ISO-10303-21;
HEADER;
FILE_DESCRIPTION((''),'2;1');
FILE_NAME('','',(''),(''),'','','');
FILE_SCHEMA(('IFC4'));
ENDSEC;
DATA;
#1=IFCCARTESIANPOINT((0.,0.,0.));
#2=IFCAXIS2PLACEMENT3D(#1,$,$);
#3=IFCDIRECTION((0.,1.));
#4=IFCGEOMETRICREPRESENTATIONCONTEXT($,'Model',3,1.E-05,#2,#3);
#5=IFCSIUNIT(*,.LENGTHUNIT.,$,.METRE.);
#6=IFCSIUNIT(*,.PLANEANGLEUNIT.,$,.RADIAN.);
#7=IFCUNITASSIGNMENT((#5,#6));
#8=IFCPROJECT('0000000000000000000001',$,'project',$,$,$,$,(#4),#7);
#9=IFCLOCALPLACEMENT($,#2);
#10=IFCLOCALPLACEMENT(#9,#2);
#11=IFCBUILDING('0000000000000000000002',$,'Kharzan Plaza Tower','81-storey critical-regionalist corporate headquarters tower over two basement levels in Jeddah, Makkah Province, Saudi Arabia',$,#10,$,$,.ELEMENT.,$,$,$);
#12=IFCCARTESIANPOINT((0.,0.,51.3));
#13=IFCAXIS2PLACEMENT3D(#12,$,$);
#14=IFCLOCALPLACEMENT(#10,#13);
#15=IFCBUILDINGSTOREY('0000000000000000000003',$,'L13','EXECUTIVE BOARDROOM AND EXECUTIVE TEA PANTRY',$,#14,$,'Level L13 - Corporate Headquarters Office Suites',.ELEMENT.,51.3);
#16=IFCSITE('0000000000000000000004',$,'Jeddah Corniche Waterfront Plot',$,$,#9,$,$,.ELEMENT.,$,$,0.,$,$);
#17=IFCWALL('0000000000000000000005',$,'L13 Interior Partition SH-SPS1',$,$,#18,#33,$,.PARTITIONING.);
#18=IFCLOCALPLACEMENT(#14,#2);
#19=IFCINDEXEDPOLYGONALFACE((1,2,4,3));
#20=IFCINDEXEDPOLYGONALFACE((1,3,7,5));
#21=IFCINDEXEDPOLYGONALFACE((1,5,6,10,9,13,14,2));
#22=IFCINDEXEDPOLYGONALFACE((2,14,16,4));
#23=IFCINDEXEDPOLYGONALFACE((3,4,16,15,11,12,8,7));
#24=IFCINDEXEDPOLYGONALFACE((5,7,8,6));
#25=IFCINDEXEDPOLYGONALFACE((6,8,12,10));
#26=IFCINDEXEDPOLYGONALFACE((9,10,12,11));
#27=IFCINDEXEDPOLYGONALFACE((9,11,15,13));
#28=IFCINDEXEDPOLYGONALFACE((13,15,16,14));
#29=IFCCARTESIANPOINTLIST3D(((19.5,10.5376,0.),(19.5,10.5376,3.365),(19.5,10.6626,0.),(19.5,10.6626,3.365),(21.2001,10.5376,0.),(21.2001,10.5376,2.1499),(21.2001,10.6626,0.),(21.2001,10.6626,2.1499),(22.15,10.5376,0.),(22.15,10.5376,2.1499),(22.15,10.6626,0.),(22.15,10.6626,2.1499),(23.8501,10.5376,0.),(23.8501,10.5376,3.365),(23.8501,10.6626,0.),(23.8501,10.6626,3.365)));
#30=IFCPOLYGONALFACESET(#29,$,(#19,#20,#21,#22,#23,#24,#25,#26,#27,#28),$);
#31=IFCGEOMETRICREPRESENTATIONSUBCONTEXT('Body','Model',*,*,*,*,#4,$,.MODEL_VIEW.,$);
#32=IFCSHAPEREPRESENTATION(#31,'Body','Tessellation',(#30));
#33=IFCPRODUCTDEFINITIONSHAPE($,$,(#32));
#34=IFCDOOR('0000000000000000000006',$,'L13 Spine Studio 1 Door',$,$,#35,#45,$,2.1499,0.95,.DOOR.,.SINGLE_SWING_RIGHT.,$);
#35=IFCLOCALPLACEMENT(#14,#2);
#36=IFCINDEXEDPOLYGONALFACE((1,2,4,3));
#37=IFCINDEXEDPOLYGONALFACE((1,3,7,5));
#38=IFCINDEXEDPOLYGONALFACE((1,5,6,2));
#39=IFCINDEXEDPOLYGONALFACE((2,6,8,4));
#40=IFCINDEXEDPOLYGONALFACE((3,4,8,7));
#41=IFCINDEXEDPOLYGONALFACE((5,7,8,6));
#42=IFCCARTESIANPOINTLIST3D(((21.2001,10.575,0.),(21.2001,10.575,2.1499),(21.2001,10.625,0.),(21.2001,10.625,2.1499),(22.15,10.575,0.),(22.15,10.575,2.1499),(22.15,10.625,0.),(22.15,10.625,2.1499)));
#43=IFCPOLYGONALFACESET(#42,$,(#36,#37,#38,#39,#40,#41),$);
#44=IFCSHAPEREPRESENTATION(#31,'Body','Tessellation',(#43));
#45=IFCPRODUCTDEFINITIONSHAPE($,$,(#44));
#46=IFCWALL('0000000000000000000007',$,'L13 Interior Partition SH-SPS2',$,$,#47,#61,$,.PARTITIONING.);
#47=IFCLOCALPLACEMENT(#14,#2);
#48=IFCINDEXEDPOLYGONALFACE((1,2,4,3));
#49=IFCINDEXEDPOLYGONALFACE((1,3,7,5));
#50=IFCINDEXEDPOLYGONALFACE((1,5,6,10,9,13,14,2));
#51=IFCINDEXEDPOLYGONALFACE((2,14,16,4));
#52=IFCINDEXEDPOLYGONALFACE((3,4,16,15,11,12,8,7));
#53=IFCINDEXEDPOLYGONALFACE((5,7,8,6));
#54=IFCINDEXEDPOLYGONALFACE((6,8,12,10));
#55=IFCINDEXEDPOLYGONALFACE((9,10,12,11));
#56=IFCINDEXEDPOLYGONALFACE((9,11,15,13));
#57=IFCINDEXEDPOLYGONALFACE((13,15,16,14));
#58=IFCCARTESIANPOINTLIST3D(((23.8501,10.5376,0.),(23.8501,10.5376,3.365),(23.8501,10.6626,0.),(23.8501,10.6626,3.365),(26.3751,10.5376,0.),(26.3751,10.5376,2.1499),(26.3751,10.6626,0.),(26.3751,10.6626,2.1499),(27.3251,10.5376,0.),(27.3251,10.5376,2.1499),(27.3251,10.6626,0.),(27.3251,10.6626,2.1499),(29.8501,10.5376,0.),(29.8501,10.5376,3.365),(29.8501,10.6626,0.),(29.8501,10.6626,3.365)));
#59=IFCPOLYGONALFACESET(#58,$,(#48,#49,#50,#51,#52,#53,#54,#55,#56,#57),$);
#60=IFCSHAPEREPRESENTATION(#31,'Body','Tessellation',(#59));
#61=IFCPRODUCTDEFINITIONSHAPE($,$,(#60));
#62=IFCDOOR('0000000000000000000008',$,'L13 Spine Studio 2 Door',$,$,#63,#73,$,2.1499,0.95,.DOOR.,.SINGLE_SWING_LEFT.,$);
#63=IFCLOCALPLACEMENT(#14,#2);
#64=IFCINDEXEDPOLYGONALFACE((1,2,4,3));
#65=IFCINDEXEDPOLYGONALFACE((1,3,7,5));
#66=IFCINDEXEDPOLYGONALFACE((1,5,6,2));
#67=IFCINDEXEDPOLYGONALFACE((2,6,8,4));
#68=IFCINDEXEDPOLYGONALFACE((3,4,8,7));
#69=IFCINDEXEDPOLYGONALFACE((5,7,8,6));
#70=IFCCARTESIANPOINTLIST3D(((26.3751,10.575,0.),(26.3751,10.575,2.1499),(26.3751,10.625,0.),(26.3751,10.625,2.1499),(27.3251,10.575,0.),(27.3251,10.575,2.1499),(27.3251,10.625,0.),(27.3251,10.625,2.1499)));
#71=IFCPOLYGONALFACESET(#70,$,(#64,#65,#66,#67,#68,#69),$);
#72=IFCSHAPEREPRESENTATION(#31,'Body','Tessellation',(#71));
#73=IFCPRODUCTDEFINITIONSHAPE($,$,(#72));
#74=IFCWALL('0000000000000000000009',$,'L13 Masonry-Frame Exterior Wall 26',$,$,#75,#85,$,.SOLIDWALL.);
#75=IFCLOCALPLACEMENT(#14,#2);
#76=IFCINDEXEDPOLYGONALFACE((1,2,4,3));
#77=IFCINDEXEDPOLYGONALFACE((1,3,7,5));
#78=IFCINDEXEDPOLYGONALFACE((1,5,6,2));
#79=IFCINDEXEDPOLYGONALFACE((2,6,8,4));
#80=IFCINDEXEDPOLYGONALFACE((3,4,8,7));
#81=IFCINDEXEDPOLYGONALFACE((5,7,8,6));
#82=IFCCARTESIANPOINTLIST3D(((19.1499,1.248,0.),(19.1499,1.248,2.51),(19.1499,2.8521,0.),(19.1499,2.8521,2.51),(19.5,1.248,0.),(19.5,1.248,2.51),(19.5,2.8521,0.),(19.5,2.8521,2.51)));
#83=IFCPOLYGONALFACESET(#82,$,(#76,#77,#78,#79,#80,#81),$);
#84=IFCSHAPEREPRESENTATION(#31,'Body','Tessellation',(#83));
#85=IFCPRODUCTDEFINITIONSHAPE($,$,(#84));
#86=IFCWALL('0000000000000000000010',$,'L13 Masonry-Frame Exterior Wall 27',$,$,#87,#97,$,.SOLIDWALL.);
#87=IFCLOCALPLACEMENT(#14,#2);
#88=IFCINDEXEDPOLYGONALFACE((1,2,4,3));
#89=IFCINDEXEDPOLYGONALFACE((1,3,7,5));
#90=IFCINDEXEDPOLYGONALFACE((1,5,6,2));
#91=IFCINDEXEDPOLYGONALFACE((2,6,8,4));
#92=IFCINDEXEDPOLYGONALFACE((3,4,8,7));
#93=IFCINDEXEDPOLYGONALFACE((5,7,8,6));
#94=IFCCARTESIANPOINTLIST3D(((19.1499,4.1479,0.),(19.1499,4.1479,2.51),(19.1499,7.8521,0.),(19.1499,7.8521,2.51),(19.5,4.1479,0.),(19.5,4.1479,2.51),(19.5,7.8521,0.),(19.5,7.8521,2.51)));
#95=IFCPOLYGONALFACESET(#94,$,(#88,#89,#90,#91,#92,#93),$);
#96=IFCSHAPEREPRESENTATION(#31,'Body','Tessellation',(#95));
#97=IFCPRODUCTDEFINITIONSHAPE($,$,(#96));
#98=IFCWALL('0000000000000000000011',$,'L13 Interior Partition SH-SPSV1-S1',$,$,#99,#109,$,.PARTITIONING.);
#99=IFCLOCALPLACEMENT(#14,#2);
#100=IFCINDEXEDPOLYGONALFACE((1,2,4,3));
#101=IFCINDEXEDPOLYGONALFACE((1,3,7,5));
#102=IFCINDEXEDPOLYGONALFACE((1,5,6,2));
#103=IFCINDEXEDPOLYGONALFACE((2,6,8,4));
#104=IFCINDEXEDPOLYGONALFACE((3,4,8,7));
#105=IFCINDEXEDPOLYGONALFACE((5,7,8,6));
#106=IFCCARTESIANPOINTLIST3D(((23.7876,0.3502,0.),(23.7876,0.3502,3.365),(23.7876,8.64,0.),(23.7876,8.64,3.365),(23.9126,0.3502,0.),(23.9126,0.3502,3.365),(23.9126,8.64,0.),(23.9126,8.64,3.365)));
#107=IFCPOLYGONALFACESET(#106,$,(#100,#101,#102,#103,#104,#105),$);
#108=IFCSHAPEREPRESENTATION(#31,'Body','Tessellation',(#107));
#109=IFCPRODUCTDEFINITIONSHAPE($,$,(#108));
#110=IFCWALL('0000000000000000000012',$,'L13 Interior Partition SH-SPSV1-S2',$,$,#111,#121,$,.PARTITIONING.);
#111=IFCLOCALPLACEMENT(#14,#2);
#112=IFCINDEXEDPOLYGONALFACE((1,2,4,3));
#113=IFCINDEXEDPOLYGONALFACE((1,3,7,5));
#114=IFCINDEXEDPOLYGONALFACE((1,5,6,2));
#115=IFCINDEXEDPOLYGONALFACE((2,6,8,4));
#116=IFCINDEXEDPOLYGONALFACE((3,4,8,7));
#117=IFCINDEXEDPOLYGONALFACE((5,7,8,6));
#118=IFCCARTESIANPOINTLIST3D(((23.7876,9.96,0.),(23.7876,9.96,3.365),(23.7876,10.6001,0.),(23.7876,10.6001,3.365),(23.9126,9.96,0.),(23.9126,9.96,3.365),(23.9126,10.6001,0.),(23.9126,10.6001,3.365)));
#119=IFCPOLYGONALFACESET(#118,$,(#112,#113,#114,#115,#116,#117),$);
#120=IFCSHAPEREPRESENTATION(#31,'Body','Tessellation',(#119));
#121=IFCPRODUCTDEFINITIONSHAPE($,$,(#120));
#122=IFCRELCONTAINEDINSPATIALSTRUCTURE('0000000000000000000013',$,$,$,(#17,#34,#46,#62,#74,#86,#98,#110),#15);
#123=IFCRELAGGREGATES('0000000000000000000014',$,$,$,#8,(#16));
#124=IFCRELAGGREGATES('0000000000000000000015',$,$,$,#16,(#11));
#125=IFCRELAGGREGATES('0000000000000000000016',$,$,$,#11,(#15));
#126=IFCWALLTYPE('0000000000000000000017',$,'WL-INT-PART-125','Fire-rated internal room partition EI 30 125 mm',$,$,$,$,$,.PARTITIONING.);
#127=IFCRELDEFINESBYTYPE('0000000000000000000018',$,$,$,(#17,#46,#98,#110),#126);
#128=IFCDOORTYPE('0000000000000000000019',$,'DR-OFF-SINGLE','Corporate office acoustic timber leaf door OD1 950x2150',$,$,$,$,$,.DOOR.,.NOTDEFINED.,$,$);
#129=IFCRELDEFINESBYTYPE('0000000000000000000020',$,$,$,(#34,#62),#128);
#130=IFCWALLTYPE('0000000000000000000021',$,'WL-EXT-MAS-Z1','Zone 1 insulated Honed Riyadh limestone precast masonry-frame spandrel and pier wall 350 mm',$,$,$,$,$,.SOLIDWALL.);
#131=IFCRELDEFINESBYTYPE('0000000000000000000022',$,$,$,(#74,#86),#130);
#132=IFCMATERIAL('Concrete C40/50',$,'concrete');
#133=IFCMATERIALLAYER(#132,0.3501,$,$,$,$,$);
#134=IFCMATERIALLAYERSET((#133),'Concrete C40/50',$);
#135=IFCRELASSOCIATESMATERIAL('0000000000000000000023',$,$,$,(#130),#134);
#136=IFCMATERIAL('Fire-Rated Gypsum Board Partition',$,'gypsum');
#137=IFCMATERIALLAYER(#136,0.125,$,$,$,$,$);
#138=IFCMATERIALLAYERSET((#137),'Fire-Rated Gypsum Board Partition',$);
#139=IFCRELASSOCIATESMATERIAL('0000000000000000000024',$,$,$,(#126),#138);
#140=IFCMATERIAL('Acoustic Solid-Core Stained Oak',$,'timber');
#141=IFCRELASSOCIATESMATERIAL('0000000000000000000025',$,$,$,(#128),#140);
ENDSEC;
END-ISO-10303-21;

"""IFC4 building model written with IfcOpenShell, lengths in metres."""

from ifc_helpers import new_model, si_unit, direction, frame, frame_2d, origin, place, context, subcontext, project, spatial, rectangle, extrude, source, transform, mapped, material, layer, layer_set, type_object, element, fill, save


model = new_model("IFC4")

# Units and contexts
model_context = context("Model", 3, precision=1e-05, world=origin(), true_north=direction((0.0, 1.0)))
body_context = subcontext(model_context, "Body", "Model", "MODEL_VIEW")
ifc_project = project(units=[si_unit("LENGTHUNIT", "METRE"), si_unit("PLANEANGLEUNIT", "RADIAN")], contexts=[model_context])

# Site, building, storey
site_placement = place(None, origin())
site = spatial("IfcSite", under=ifc_project, at=site_placement, Name="Jeddah Corniche Waterfront Plot", CompositionType="ELEMENT", RefElevation=0.0)
building_placement = place(site_placement, origin())
building = spatial("IfcBuilding", under=site, at=building_placement, Name="Kharzan Plaza Tower", Description="81-storey critical-regionalist corporate headquarters tower over two basement levels in Jeddah, Makkah Province, Saudi Arabia", CompositionType="ELEMENT")
storey_placement = place(building_placement, frame((0.0, 0.0, 51.3)))
storey = spatial("IfcBuildingStorey", under=building, at=storey_placement, Name="L13", Description="EXECUTIVE BOARDROOM AND EXECUTIVE TEA PANTRY", LongName="Level L13 - Corporate Headquarters Office Suites", CompositionType="ELEMENT", Elevation=51.3)

# Shared definitions
ifc_material_1 = material(Name="Concrete C40/50", Category="concrete")
ifc_layer_1 = layer(ifc_material_1, 0.3501)
ifc_layer_set_1 = layer_set([ifc_layer_1], Name="Concrete C40/50")
wall_type_1 = type_object("IfcWallType", Name="WL-EXT-MAS-Z1", Description="Zone 1 insulated Honed Riyadh limestone precast masonry-frame spandrel and pier wall 350 mm", PredefinedType="SOLIDWALL", material=ifc_layer_set_1)

# Walls, openings, doors
ifc_material_2 = material(Name="Fire-Rated Gypsum Board Partition", Category="gypsum")
ifc_layer_2 = layer(ifc_material_2, 0.125)
ifc_layer_set_2 = layer_set([ifc_layer_2], Name="Fire-Rated Gypsum Board Partition")
wall_type_2 = type_object("IfcWallType", Name="WL-INT-PART-125", Description="Fire-rated internal room partition EI 30 125 mm", PredefinedType="PARTITIONING", material=ifc_layer_set_2)
wall_1_placement = place(storey_placement, frame((19.5, 10.6001, 0.0), z_axis=(0.0, 0.0, 1.0), x_axis=(1.0, 0.0, 0.0)))
wall_1 = element("IfcWall", 1, at=wall_1_placement, inside=storey, type_object=wall_type_2, Name="L13 Interior Partition SH-SPS1", PredefinedType="PARTITIONING", context=body_context, shape_type="SweptSolid", body=[
    extrude(rectangle(XDim=4.3501, YDim=0.125, at=frame_2d((2.175, 0.0))), origin(), (0.0, 0.0, 1.0), 3.365),
])
opening_1_placement = place(wall_1_placement, frame((1.7, 0.0, 0.0)))
opening_1 = element("IfcOpeningElement", 2, at=opening_1_placement, cuts=wall_1, PredefinedType="OPENING", context=body_context, shape_type="SweptSolid", body=[
    extrude(rectangle(XDim=0.95, YDim=2.1499, at=frame_2d((0.4751, 1.075))), frame((0.0, 0.0725, 0.0), z_axis=(0.0, -1.0, 0.0), x_axis=(1.0, 0.0, 0.0)), (0.0, 0.0, 1.0), 0.145),
])
ifc_material_3 = material(Name="Acoustic Solid-Core Stained Oak", Category="timber")
door_type = type_object("IfcDoorType", Name="DR-OFF-SINGLE", Description="Corporate office acoustic timber leaf door OD1 950x2150", OperationType="NOTDEFINED", PredefinedType="DOOR", material=ifc_material_3)
shared_shape_1 = source(origin(), body_context, "Body", "SweptSolid", [
    extrude(rectangle(XDim=0.95, YDim=2.1499, at=frame_2d((0.4751, 1.075))), frame((0.0, 0.0249, 0.0), z_axis=(0.0, -1.0, 0.0), x_axis=(1.0, 0.0, 0.0)), (0.0, 0.0, 1.0), 0.05),
])
door_1_placement = place(opening_1_placement, origin())
door_1 = element("IfcDoor", 3, at=door_1_placement, inside=storey, type_object=door_type, Name="L13 Spine Studio 1 Door", OperationType="SINGLE_SWING_RIGHT", OverallHeight=2.1499, OverallWidth=0.95, PredefinedType="DOOR", context=body_context, shape_type="MappedRepresentation", body=[
    mapped(shared_shape_1, transform((0.0, 0.0, 0.0), x_axis=(1.0, 0.0, 0.0), y_axis=(0.0, 1.0, 0.0), z_axis=(0.0, 0.0, 1.0))),
])
fill(opening_1, door_1)
wall_2_placement = place(storey_placement, frame((23.8501, 10.6001, 0.0), z_axis=(0.0, 0.0, 1.0), x_axis=(1.0, 0.0, 0.0)))
wall_2 = element("IfcWall", 4, at=wall_2_placement, inside=storey, type_object=wall_type_2, Name="L13 Interior Partition SH-SPS2", PredefinedType="PARTITIONING", context=body_context, shape_type="SweptSolid", body=[
    extrude(rectangle(XDim=6.0, YDim=0.125, at=frame_2d((3.0, 0.0))), origin(), (0.0, 0.0, 1.0), 3.365),
])
opening_2_placement = place(wall_2_placement, frame((2.5249, 0.0, 0.0)))
opening_2 = element("IfcOpeningElement", 5, at=opening_2_placement, cuts=wall_2, PredefinedType="OPENING", context=body_context, shape_type="SweptSolid", body=[
    extrude(rectangle(XDim=0.95, YDim=2.1499, at=frame_2d((0.4751, 1.075))), frame((0.0, 0.0725, 0.0), z_axis=(0.0, -1.0, 0.0), x_axis=(1.0, 0.0, 0.0)), (0.0, 0.0, 1.0), 0.145),
])
door_2_placement = place(opening_2_placement, origin())
door_2 = element("IfcDoor", 6, at=door_2_placement, inside=storey, type_object=door_type, Name="L13 Spine Studio 2 Door", OperationType="SINGLE_SWING_LEFT", OverallHeight=2.1499, OverallWidth=0.95, PredefinedType="DOOR", context=body_context, shape_type="MappedRepresentation", body=[
    mapped(shared_shape_1, transform((0.0, 0.0, 0.0), x_axis=(1.0, 0.0, 0.0), y_axis=(0.0, 1.0, 0.0), z_axis=(0.0, 0.0, 1.0))),
])
fill(opening_2, door_2)

# Walls
shared_shape_2 = source(origin(), body_context, "Body", "SweptSolid", [
    extrude(rectangle(XDim=1.604, YDim=0.3501, at=frame_2d((0.802, 0.0))), origin(), (0.0, 0.0, 1.0), 2.51),
])
wall_3_placement = place(storey_placement, frame((19.325, 1.248, 0.0), z_axis=(0.0, 0.0, 1.0), x_axis=(0.0, 1.0, 0.0)))
element("IfcWall", 7, at=wall_3_placement, inside=storey, type_object=wall_type_1, Name="L13 Masonry-Frame Exterior Wall 26", PredefinedType="SOLIDWALL", context=body_context, shape_type="MappedRepresentation", body=[
    mapped(shared_shape_2, transform((0.0, 0.0, 0.0), x_axis=(1.0, 0.0, 0.0), y_axis=(0.0, 1.0, 0.0), z_axis=(0.0, 0.0, 1.0))),
])
shared_shape_3 = source(origin(), body_context, "Body", "SweptSolid", [
    extrude(rectangle(XDim=3.7041, YDim=0.3501, at=frame_2d((1.8521, 0.0))), origin(), (0.0, 0.0, 1.0), 2.51),
])
wall_4_placement = place(storey_placement, frame((19.325, 4.1479, 0.0), z_axis=(0.0, 0.0, 1.0), x_axis=(0.0, 1.0, 0.0)))
element("IfcWall", 8, at=wall_4_placement, inside=storey, type_object=wall_type_1, Name="L13 Masonry-Frame Exterior Wall 27", PredefinedType="SOLIDWALL", context=body_context, shape_type="MappedRepresentation", body=[
    mapped(shared_shape_3, transform((0.0, 0.0, 0.0), x_axis=(1.0, 0.0, 0.0), y_axis=(0.0, 1.0, 0.0), z_axis=(0.0, 0.0, 1.0))),
])
shared_shape_4 = source(origin(), body_context, "Body", "SweptSolid", [
    extrude(rectangle(XDim=8.2898, YDim=0.125, at=frame_2d((4.145, 0.0))), origin(), (0.0, 0.0, 1.0), 3.365),
])
wall_5_placement = place(storey_placement, frame((23.8501, 0.3501, 0.0), z_axis=(0.0, 0.0, 1.0), x_axis=(0.0, 1.0, 0.0)))
element("IfcWall", 9, at=wall_5_placement, inside=storey, type_object=wall_type_2, Name="L13 Interior Partition SH-SPSV1-S1", PredefinedType="PARTITIONING", context=body_context, shape_type="MappedRepresentation", body=[
    mapped(shared_shape_4, transform((0.0, 0.0, 0.0), x_axis=(1.0, 0.0, 0.0), y_axis=(0.0, 1.0, 0.0), z_axis=(0.0, 0.0, 1.0))),
])
shared_shape_5 = source(origin(), body_context, "Body", "SweptSolid", [
    extrude(rectangle(XDim=0.6401, YDim=0.125, at=frame_2d((0.3201, 0.0))), origin(), (0.0, 0.0, 1.0), 3.365),
])
wall_6_placement = place(storey_placement, frame((23.8501, 9.96, 0.0), z_axis=(0.0, 0.0, 1.0), x_axis=(0.0, 1.0, 0.0)))
element("IfcWall", 10, at=wall_6_placement, inside=storey, type_object=wall_type_2, Name="L13 Interior Partition SH-SPSV1-S2", PredefinedType="PARTITIONING", context=body_context, shape_type="MappedRepresentation", body=[
    mapped(shared_shape_5, transform((0.0, 0.0, 0.0), x_axis=(1.0, 0.0, 0.0), y_axis=(0.0, 1.0, 0.0), z_axis=(0.0, 0.0, 1.0))),
])

save(model, "model.ifc")
